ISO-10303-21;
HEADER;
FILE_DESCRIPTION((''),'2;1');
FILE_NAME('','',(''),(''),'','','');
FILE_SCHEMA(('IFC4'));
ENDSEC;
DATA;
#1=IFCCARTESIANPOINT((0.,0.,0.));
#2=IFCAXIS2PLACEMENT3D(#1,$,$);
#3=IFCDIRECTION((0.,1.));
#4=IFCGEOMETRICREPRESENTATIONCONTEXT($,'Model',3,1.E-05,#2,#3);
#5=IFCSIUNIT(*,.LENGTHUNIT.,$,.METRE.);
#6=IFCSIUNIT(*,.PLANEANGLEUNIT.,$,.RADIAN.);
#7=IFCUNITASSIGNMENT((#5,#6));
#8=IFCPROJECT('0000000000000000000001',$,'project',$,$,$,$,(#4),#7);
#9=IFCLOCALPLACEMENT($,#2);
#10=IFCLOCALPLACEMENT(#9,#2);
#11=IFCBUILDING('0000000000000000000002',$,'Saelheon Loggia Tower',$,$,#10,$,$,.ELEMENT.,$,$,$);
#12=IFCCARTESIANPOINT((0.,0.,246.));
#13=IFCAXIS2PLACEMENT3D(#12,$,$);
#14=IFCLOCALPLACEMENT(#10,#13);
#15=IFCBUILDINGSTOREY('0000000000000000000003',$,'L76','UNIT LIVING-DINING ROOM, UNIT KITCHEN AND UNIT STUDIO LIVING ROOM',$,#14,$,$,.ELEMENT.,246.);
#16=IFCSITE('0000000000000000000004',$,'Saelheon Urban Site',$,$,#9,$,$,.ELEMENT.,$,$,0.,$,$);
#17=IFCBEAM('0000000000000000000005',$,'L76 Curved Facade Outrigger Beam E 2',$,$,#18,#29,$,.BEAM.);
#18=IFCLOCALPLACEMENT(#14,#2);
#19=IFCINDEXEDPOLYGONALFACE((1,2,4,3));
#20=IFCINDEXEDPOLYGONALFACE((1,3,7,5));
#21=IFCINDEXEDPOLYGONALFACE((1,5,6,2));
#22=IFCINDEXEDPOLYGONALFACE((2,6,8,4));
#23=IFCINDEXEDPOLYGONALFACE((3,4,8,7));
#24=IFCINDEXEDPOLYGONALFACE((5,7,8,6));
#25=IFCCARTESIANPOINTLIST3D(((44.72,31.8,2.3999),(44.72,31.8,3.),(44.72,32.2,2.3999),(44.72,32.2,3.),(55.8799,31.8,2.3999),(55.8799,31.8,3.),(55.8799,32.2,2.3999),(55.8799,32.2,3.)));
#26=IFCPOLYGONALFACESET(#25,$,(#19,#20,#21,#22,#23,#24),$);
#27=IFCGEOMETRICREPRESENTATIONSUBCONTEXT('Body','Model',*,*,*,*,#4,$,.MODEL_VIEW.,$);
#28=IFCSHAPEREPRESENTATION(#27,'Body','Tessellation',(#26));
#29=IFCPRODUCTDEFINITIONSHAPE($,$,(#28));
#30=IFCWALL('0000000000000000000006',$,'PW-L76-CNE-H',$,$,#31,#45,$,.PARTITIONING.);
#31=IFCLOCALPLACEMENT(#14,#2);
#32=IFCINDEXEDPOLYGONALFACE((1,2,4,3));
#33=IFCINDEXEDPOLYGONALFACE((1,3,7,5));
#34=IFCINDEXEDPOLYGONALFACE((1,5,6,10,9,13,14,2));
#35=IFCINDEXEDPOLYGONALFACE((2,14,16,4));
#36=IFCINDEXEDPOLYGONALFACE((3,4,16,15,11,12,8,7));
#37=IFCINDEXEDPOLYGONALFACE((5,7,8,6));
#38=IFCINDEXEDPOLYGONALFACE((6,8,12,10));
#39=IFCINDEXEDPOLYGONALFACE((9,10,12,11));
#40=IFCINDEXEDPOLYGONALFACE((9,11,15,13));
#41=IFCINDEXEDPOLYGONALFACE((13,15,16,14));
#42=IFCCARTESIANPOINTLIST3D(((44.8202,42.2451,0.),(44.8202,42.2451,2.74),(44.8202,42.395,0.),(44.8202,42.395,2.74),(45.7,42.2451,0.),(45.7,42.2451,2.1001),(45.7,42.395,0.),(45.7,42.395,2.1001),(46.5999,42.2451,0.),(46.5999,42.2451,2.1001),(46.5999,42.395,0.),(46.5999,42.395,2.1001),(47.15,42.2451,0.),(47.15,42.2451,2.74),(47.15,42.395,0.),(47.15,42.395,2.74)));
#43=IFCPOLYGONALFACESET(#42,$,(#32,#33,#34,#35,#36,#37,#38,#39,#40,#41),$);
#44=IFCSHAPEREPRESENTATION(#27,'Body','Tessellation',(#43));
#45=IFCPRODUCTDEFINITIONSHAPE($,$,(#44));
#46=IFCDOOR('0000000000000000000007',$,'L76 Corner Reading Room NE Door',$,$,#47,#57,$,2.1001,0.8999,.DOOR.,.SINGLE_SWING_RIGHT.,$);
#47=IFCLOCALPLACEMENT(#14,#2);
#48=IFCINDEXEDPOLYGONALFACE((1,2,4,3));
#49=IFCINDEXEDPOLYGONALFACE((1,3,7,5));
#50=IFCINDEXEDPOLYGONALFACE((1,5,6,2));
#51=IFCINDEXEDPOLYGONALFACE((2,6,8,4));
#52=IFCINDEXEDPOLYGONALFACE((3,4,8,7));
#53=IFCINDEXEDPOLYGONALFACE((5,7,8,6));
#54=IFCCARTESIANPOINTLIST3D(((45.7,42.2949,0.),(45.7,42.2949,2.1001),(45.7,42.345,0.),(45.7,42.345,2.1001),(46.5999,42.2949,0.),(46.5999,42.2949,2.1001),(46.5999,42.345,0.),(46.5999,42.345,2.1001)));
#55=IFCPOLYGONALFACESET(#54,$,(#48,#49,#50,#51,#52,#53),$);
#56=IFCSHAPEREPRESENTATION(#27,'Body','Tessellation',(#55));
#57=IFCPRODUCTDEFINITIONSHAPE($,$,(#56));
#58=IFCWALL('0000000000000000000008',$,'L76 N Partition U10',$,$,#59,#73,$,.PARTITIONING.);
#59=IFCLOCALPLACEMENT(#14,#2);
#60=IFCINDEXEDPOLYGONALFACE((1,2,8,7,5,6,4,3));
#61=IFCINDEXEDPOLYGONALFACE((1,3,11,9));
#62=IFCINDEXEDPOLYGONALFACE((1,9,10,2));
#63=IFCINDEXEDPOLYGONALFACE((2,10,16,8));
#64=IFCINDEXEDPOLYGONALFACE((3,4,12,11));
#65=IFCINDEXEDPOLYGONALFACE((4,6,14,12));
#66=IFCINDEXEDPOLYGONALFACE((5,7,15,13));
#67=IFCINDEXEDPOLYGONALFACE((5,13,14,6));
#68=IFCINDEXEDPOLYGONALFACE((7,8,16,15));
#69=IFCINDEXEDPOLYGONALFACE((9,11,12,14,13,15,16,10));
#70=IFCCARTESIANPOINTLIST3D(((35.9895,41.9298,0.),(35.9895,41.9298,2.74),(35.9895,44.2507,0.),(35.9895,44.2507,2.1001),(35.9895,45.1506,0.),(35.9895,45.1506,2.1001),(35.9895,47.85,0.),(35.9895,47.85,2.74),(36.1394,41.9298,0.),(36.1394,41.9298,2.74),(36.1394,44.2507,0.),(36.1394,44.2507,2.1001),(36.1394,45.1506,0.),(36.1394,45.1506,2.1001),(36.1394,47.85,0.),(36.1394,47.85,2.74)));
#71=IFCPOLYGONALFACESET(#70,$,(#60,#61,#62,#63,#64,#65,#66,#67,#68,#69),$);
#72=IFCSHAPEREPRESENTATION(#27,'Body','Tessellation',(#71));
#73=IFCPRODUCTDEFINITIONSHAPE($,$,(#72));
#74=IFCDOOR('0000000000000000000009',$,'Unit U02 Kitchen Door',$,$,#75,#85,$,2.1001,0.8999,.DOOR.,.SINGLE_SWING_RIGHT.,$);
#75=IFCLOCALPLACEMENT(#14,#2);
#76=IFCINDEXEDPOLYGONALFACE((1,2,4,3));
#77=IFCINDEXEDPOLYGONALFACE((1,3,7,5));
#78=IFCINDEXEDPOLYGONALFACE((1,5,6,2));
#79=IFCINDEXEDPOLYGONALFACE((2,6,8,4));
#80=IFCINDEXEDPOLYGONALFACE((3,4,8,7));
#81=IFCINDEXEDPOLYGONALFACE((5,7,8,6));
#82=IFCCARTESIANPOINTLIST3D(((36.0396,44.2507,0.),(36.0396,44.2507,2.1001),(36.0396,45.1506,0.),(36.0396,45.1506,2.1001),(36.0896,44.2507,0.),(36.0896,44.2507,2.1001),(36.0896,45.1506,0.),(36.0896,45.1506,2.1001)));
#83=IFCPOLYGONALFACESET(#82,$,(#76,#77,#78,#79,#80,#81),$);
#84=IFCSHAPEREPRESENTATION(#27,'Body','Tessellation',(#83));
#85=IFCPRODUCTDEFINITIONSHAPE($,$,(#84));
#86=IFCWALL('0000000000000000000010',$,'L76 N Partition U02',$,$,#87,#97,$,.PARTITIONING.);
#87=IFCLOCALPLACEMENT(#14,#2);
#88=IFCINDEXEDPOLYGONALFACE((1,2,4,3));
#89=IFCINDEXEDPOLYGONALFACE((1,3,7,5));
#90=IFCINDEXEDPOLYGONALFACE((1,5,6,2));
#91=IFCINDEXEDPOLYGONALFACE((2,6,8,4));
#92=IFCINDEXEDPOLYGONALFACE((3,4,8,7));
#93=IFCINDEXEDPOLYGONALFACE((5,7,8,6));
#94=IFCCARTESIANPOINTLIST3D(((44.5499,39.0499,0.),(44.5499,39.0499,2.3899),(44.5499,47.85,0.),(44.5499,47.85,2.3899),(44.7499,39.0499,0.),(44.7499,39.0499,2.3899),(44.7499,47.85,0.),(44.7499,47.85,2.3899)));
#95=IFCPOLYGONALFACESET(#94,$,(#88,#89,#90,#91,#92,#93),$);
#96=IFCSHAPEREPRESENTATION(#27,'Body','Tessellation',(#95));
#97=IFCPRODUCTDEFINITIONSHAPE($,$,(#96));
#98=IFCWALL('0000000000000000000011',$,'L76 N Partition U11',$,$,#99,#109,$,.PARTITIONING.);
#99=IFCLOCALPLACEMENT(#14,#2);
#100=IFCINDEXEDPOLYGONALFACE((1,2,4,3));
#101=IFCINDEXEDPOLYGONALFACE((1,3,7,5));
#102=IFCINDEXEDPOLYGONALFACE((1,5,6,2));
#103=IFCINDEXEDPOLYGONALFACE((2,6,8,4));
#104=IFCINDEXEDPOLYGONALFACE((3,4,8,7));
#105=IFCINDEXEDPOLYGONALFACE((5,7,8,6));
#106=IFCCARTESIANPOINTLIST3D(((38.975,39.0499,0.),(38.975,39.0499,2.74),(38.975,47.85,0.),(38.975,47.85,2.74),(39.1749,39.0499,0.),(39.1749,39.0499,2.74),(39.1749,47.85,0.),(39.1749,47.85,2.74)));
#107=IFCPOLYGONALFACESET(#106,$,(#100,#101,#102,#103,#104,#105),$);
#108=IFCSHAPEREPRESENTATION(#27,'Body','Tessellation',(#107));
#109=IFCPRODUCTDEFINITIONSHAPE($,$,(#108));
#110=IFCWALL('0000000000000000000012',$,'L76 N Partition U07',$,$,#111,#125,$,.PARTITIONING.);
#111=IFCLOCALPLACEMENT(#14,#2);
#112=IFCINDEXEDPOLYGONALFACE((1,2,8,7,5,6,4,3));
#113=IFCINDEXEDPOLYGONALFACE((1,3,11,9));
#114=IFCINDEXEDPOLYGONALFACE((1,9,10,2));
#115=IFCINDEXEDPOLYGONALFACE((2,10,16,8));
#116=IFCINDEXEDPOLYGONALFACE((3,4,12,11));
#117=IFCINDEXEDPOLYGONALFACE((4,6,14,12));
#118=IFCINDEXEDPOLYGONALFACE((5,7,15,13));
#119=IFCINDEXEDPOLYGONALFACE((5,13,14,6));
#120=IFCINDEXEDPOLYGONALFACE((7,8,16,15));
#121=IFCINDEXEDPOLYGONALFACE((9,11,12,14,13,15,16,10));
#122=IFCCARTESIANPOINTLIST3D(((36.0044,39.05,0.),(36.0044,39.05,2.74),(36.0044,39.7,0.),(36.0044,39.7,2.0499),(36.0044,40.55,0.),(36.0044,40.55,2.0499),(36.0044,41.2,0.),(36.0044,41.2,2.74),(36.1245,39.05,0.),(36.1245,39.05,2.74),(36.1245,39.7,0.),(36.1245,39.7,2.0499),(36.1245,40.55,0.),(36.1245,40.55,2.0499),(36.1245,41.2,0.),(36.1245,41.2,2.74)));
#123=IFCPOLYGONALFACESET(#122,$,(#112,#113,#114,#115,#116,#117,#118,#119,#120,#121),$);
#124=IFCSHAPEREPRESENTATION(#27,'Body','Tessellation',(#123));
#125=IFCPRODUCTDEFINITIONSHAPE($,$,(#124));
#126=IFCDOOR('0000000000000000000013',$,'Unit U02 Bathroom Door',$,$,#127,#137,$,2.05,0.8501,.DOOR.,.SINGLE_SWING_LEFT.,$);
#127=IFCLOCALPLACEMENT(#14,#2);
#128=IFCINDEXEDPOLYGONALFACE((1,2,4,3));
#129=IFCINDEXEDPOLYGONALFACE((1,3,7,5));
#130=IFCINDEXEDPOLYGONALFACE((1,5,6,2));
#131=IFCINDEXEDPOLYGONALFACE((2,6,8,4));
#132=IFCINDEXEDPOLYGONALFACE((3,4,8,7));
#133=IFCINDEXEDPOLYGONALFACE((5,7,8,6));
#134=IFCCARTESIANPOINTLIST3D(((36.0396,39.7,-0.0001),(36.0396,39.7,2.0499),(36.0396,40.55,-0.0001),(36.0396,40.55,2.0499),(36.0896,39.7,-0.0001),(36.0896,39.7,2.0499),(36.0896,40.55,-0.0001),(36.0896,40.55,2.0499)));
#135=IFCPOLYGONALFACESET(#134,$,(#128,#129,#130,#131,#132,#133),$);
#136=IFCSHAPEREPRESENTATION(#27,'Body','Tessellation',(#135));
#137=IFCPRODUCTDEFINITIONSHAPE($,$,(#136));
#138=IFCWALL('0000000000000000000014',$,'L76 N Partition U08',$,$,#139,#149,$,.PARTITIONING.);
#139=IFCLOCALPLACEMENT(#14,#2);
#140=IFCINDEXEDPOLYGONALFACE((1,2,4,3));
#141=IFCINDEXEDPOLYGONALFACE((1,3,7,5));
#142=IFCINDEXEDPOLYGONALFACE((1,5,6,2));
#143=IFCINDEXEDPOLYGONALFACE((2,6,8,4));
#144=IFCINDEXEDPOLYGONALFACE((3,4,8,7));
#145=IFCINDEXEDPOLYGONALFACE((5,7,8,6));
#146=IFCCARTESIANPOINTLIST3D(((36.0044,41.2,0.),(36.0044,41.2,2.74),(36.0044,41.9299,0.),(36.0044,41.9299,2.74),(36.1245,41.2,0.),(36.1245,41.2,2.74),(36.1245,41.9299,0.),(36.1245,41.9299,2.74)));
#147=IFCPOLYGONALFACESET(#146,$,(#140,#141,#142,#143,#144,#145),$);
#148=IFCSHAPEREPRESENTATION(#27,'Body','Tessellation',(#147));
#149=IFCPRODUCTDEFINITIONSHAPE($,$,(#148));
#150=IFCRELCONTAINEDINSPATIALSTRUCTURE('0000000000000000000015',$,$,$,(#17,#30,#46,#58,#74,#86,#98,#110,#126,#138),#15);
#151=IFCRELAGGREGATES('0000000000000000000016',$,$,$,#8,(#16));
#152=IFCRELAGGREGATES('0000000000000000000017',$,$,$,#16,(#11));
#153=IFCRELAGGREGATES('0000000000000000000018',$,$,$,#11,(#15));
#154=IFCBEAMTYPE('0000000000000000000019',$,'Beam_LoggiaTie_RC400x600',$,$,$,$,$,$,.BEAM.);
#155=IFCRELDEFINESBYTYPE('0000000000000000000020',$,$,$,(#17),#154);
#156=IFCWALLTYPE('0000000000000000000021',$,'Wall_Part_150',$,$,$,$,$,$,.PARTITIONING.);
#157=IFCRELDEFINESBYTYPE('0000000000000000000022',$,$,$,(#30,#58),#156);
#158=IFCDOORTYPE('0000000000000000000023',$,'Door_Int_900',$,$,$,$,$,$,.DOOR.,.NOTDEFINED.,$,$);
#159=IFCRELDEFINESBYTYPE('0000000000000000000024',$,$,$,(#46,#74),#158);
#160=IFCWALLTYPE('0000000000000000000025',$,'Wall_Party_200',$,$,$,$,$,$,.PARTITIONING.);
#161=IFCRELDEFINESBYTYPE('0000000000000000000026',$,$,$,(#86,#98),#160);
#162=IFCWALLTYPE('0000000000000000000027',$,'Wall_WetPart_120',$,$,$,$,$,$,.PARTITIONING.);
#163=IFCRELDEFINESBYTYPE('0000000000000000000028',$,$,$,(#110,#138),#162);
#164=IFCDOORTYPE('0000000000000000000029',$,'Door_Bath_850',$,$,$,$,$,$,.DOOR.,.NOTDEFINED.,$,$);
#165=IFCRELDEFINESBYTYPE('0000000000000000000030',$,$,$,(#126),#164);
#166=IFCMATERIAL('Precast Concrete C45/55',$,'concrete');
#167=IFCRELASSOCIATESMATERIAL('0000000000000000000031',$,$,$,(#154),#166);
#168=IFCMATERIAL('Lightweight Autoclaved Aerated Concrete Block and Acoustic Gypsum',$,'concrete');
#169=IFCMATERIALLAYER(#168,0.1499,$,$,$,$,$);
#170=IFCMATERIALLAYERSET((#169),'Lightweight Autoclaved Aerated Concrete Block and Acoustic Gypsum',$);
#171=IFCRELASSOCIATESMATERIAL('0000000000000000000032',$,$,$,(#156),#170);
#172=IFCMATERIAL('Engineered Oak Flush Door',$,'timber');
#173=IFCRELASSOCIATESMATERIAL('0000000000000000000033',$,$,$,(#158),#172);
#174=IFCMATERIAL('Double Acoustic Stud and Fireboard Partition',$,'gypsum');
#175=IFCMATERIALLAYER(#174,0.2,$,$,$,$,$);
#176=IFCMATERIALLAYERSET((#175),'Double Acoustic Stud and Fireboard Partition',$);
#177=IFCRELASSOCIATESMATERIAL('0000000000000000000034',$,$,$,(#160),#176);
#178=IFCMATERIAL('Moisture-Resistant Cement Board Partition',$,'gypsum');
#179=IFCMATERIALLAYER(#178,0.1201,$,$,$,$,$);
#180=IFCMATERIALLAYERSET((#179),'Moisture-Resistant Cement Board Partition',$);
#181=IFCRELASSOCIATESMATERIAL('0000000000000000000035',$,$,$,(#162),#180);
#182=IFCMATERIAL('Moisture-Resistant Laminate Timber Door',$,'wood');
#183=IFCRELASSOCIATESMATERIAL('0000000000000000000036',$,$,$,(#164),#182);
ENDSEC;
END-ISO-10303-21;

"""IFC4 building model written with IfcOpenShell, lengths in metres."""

from ifc_helpers import new_model, si_unit, direction, frame, frame_2d, origin, origin_2d, place, context, subcontext, project, spatial, rectangle, extrude, source, transform, mapped, material, layer, layer_set, material_profile, profile_set, type_object, element, fill, save


model = new_model("IFC4")

# Units and contexts
model_context = context("Model", 3, precision=1e-05, world=origin(), true_north=direction((0.0, 1.0)))
body_context = subcontext(model_context, "Body", "Model", "MODEL_VIEW")
ifc_project = project(units=[si_unit("LENGTHUNIT", "METRE"), si_unit("PLANEANGLEUNIT", "RADIAN")], contexts=[model_context])

# Site, building, storey
site_placement = place(None, origin())
site = spatial("IfcSite", under=ifc_project, at=site_placement, Name="Saelheon Urban Site", CompositionType="ELEMENT", RefElevation=0.0)
building_placement = place(site_placement, origin())
building = spatial("IfcBuilding", under=site, at=building_placement, Name="Saelheon Loggia Tower", CompositionType="ELEMENT")
storey_placement = place(building_placement, frame((0.0, 0.0, 246.0)))
storey = spatial("IfcBuildingStorey", under=building, at=storey_placement, Name="L76", Description="UNIT LIVING-DINING ROOM, UNIT KITCHEN AND UNIT STUDIO LIVING ROOM", CompositionType="ELEMENT", Elevation=246.0)

# Beam
ifc_material_1 = material(Name="Precast Concrete C45/55", Category="concrete")
ifc_material_profile = material_profile(ifc_material_1, rectangle(XDim=0.3999, YDim=0.6001, at=origin_2d()), Name="RC-400x600")
ifc_profile_set = profile_set([ifc_material_profile], Name="Precast Concrete C45/55")
beam_type = type_object("IfcBeamType", Name="Beam_LoggiaTie_RC400x600", PredefinedType="BEAM", material=ifc_profile_set)
shared_shape_1 = source(origin(), body_context, "Body", "SweptSolid", [
    extrude(rectangle(XDim=0.3999, YDim=0.6001, at=origin_2d()), origin(), (0.0, 0.0, 1.0), 11.1599),
])
beam_placement = place(storey_placement, frame((44.72, 32.0, 2.7), z_axis=(1.0, 0.0, 0.0), x_axis=(0.0, 1.0, 0.0)))
element("IfcBeam", 1, at=beam_placement, inside=storey, type_object=beam_type, Name="L76 Curved Facade Outrigger Beam E 2", PredefinedType="BEAM", context=body_context, shape_type="MappedRepresentation", body=[
    mapped(shared_shape_1, transform((0.0, 0.0, 0.0), scale=1.0)),
])

# Walls, openings, doors
ifc_material_2 = material(Name="Lightweight Autoclaved Aerated Concrete Block and Acoustic Gypsum", Category="concrete")
ifc_layer_1 = layer(ifc_material_2, 0.1499)
ifc_layer_set_1 = layer_set([ifc_layer_1], Name="Lightweight Autoclaved Aerated Concrete Block and Acoustic Gypsum")
wall_type_1 = type_object("IfcWallType", Name="Wall_Part_150", PredefinedType="PARTITIONING", material=ifc_layer_set_1)
wall_1_placement = place(storey_placement, frame((44.8201, 42.3201, 0.0), z_axis=(0.0, 0.0, 1.0), x_axis=(1.0, 0.0, 0.0)))
wall_1 = element("IfcWall", 2, at=wall_1_placement, inside=storey, type_object=wall_type_1, Name="PW-L76-CNE-H", PredefinedType="PARTITIONING", context=body_context, shape_type="SweptSolid", body=[
    extrude(rectangle(XDim=2.3298, YDim=0.1499, at=frame_2d((1.165, 0.0))), origin(), (0.0, 0.0, 1.0), 2.74),
])
opening_1_placement = place(wall_1_placement, frame((0.8799, 0.0, 0.0)))
opening_1 = element("IfcOpeningElement", 3, at=opening_1_placement, cuts=wall_1, PredefinedType="OPENING", context=body_context, shape_type="SweptSolid", body=[
    extrude(rectangle(XDim=0.8999, YDim=2.1001, at=frame_2d((0.45, 1.05))), frame((0.0, 0.0869, 0.0), z_axis=(0.0, -1.0, 0.0), x_axis=(1.0, 0.0, 0.0)), (0.0, 0.0, 1.0), 0.1738),
])
ifc_material_3 = material(Name="Engineered Oak Flush Door", Category="timber")
door_type_1 = type_object("IfcDoorType", Name="Door_Int_900", OperationType="NOTDEFINED", PredefinedType="DOOR", material=ifc_material_3)
shared_shape_2 = source(origin(), body_context, "Body", "SweptSolid", [
    extrude(rectangle(XDim=0.8999, YDim=2.1001, at=frame_2d((0.45, 1.05))), frame((0.0, 0.0249, 0.0), z_axis=(0.0, -1.0, 0.0), x_axis=(1.0, 0.0, 0.0)), (0.0, 0.0, 1.0), 0.05),
])
door_1_placement = place(opening_1_placement, origin())
door_1 = element("IfcDoor", 4, at=door_1_placement, inside=storey, type_object=door_type_1, Name="L76 Corner Reading Room NE Door", OperationType="SINGLE_SWING_RIGHT", OverallHeight=2.1001, OverallWidth=0.8999, PredefinedType="DOOR", context=body_context, shape_type="MappedRepresentation", body=[
    mapped(shared_shape_2, transform((0.0, 0.0, 0.0), scale=1.0)),
])
fill(opening_1, door_1)
wall_2_placement = place(storey_placement, frame((36.0645, 41.9299, 0.0), z_axis=(0.0, 0.0, 1.0), x_axis=(0.0, 1.0, 0.0)))
wall_2 = element("IfcWall", 5, at=wall_2_placement, inside=storey, type_object=wall_type_1, Name="L76 N Partition U10", PredefinedType="PARTITIONING", context=body_context, shape_type="SweptSolid", body=[
    extrude(rectangle(XDim=5.9202, YDim=0.1499, at=frame_2d((2.96, 0.0))), origin(), (0.0, 0.0, 1.0), 2.74),
])
opening_2_placement = place(wall_2_placement, frame((2.3208, 0.0, 0.0)))
opening_2 = element("IfcOpeningElement", 6, at=opening_2_placement, cuts=wall_2, PredefinedType="OPENING", context=body_context, shape_type="SweptSolid", body=[
    extrude(rectangle(XDim=0.8999, YDim=2.1001, at=frame_2d((0.45, 1.05))), frame((0.0, 0.0869, 0.0), z_axis=(0.0, -1.0, 0.0), x_axis=(1.0, 0.0, 0.0)), (0.0, 0.0, 1.0), 0.1738),
])
door_2_placement = place(opening_2_placement, origin())
door_2 = element("IfcDoor", 7, at=door_2_placement, inside=storey, type_object=door_type_1, Name="Unit U02 Kitchen Door", OperationType="SINGLE_SWING_RIGHT", OverallHeight=2.1001, OverallWidth=0.8999, PredefinedType="DOOR", context=body_context, shape_type="MappedRepresentation", body=[
    mapped(shared_shape_2, transform((0.0, 0.0, 0.0), scale=1.0)),
])
fill(opening_2, door_2)

# Wall
ifc_material_4 = material(Name="Double Acoustic Stud and Fireboard Partition", Category="gypsum")
ifc_layer_2 = layer(ifc_material_4, 0.2)
ifc_layer_set_2 = layer_set([ifc_layer_2], Name="Double Acoustic Stud and Fireboard Partition")
wall_type_2 = type_object("IfcWallType", Name="Wall_Party_200", PredefinedType="PARTITIONING", material=ifc_layer_set_2)
wall_3_placement = place(storey_placement, frame((44.6499, 39.05, 0.0), z_axis=(0.0, 0.0, 1.0), x_axis=(0.0, 1.0, 0.0)))
element("IfcWall", 8, at=wall_3_placement, inside=storey, type_object=wall_type_2, Name="L76 N Partition U02", PredefinedType="PARTITIONING", context=body_context, shape_type="SweptSolid", body=[
    extrude(rectangle(XDim=8.8, YDim=0.2, at=frame_2d((4.3999, 0.0))), origin(), (0.0, 0.0, 1.0), 2.3899),
])

# Wall
wall_4_placement = place(storey_placement, frame((39.075, 39.05, 0.0), z_axis=(0.0, 0.0, 1.0), x_axis=(0.0, 1.0, 0.0)))
element("IfcWall", 9, at=wall_4_placement, inside=storey, type_object=wall_type_2, Name="L76 N Partition U11", PredefinedType="PARTITIONING", context=body_context, shape_type="SweptSolid", body=[
    extrude(rectangle(XDim=8.8, YDim=0.2, at=frame_2d((4.3999, 0.0))), origin(), (0.0, 0.0, 1.0), 2.74),
])

# Wall, opening, door
ifc_material_5 = material(Name="Moisture-Resistant Cement Board Partition", Category="gypsum")
ifc_layer_3 = layer(ifc_material_5, 0.1201)
ifc_layer_set_3 = layer_set([ifc_layer_3], Name="Moisture-Resistant Cement Board Partition")
wall_type_3 = type_object("IfcWallType", Name="Wall_WetPart_120", PredefinedType="PARTITIONING", material=ifc_layer_set_3)
wall_5_placement = place(storey_placement, frame((36.0645, 39.05, 0.0), z_axis=(0.0, 0.0, 1.0), x_axis=(0.0, 1.0, 0.0)))
wall_5 = element("IfcWall", 10, at=wall_5_placement, inside=storey, type_object=wall_type_3, Name="L76 N Partition U07", PredefinedType="PARTITIONING", context=body_context, shape_type="SweptSolid", body=[
    extrude(rectangle(XDim=2.1499, YDim=0.1201, at=frame_2d((1.075, 0.0))), origin(), (0.0, 0.0, 1.0), 2.74),
])
opening_3_placement = place(wall_5_placement, frame((0.6499, 0.0, 0.0)))
opening_3 = element("IfcOpeningElement", 11, at=opening_3_placement, cuts=wall_5, PredefinedType="OPENING", context=body_context, shape_type="SweptSolid", body=[
    extrude(rectangle(XDim=0.8501, YDim=2.05, at=frame_2d((0.425, 1.0249))), frame((0.0, 0.072, 0.0), z_axis=(0.0, -1.0, 0.0), x_axis=(1.0, 0.0, 0.0)), (0.0, 0.0, 1.0), 0.144),
])
ifc_material_6 = material(Name="Moisture-Resistant Laminate Timber Door", Category="wood")
door_type_2 = type_object("IfcDoorType", Name="Door_Bath_850", OperationType="NOTDEFINED", PredefinedType="DOOR", material=ifc_material_6)
shared_shape_3 = source(origin(), body_context, "Body", "SweptSolid", [
    extrude(rectangle(XDim=0.8501, YDim=2.05, at=frame_2d((0.425, 1.0249))), frame((0.0, 0.0249, 0.0), z_axis=(0.0, -1.0, 0.0), x_axis=(1.0, 0.0, 0.0)), (0.0, 0.0, 1.0), 0.05),
])
door_3_placement = place(opening_3_placement, origin())
door_3 = element("IfcDoor", 12, at=door_3_placement, inside=storey, type_object=door_type_2, Name="Unit U02 Bathroom Door", OperationType="SINGLE_SWING_LEFT", OverallHeight=2.05, OverallWidth=0.8501, PredefinedType="DOOR", context=body_context, shape_type="MappedRepresentation", body=[
    mapped(shared_shape_3, transform((0.0, 0.0, 0.0), scale=1.0)),
])
fill(opening_3, door_3)

# Wall
wall_6_placement = place(storey_placement, frame((36.0645, 41.2, 0.0), z_axis=(0.0, 0.0, 1.0), x_axis=(0.0, 1.0, 0.0)))
element("IfcWall", 13, at=wall_6_placement, inside=storey, type_object=wall_type_3, Name="L76 N Partition U08", PredefinedType="PARTITIONING", context=body_context, shape_type="SweptSolid", body=[
    extrude(rectangle(XDim=0.73, YDim=0.1201, at=frame_2d((0.365, 0.0))), origin(), (0.0, 0.0, 1.0), 2.74),
])

save(model, "model.ifc")
